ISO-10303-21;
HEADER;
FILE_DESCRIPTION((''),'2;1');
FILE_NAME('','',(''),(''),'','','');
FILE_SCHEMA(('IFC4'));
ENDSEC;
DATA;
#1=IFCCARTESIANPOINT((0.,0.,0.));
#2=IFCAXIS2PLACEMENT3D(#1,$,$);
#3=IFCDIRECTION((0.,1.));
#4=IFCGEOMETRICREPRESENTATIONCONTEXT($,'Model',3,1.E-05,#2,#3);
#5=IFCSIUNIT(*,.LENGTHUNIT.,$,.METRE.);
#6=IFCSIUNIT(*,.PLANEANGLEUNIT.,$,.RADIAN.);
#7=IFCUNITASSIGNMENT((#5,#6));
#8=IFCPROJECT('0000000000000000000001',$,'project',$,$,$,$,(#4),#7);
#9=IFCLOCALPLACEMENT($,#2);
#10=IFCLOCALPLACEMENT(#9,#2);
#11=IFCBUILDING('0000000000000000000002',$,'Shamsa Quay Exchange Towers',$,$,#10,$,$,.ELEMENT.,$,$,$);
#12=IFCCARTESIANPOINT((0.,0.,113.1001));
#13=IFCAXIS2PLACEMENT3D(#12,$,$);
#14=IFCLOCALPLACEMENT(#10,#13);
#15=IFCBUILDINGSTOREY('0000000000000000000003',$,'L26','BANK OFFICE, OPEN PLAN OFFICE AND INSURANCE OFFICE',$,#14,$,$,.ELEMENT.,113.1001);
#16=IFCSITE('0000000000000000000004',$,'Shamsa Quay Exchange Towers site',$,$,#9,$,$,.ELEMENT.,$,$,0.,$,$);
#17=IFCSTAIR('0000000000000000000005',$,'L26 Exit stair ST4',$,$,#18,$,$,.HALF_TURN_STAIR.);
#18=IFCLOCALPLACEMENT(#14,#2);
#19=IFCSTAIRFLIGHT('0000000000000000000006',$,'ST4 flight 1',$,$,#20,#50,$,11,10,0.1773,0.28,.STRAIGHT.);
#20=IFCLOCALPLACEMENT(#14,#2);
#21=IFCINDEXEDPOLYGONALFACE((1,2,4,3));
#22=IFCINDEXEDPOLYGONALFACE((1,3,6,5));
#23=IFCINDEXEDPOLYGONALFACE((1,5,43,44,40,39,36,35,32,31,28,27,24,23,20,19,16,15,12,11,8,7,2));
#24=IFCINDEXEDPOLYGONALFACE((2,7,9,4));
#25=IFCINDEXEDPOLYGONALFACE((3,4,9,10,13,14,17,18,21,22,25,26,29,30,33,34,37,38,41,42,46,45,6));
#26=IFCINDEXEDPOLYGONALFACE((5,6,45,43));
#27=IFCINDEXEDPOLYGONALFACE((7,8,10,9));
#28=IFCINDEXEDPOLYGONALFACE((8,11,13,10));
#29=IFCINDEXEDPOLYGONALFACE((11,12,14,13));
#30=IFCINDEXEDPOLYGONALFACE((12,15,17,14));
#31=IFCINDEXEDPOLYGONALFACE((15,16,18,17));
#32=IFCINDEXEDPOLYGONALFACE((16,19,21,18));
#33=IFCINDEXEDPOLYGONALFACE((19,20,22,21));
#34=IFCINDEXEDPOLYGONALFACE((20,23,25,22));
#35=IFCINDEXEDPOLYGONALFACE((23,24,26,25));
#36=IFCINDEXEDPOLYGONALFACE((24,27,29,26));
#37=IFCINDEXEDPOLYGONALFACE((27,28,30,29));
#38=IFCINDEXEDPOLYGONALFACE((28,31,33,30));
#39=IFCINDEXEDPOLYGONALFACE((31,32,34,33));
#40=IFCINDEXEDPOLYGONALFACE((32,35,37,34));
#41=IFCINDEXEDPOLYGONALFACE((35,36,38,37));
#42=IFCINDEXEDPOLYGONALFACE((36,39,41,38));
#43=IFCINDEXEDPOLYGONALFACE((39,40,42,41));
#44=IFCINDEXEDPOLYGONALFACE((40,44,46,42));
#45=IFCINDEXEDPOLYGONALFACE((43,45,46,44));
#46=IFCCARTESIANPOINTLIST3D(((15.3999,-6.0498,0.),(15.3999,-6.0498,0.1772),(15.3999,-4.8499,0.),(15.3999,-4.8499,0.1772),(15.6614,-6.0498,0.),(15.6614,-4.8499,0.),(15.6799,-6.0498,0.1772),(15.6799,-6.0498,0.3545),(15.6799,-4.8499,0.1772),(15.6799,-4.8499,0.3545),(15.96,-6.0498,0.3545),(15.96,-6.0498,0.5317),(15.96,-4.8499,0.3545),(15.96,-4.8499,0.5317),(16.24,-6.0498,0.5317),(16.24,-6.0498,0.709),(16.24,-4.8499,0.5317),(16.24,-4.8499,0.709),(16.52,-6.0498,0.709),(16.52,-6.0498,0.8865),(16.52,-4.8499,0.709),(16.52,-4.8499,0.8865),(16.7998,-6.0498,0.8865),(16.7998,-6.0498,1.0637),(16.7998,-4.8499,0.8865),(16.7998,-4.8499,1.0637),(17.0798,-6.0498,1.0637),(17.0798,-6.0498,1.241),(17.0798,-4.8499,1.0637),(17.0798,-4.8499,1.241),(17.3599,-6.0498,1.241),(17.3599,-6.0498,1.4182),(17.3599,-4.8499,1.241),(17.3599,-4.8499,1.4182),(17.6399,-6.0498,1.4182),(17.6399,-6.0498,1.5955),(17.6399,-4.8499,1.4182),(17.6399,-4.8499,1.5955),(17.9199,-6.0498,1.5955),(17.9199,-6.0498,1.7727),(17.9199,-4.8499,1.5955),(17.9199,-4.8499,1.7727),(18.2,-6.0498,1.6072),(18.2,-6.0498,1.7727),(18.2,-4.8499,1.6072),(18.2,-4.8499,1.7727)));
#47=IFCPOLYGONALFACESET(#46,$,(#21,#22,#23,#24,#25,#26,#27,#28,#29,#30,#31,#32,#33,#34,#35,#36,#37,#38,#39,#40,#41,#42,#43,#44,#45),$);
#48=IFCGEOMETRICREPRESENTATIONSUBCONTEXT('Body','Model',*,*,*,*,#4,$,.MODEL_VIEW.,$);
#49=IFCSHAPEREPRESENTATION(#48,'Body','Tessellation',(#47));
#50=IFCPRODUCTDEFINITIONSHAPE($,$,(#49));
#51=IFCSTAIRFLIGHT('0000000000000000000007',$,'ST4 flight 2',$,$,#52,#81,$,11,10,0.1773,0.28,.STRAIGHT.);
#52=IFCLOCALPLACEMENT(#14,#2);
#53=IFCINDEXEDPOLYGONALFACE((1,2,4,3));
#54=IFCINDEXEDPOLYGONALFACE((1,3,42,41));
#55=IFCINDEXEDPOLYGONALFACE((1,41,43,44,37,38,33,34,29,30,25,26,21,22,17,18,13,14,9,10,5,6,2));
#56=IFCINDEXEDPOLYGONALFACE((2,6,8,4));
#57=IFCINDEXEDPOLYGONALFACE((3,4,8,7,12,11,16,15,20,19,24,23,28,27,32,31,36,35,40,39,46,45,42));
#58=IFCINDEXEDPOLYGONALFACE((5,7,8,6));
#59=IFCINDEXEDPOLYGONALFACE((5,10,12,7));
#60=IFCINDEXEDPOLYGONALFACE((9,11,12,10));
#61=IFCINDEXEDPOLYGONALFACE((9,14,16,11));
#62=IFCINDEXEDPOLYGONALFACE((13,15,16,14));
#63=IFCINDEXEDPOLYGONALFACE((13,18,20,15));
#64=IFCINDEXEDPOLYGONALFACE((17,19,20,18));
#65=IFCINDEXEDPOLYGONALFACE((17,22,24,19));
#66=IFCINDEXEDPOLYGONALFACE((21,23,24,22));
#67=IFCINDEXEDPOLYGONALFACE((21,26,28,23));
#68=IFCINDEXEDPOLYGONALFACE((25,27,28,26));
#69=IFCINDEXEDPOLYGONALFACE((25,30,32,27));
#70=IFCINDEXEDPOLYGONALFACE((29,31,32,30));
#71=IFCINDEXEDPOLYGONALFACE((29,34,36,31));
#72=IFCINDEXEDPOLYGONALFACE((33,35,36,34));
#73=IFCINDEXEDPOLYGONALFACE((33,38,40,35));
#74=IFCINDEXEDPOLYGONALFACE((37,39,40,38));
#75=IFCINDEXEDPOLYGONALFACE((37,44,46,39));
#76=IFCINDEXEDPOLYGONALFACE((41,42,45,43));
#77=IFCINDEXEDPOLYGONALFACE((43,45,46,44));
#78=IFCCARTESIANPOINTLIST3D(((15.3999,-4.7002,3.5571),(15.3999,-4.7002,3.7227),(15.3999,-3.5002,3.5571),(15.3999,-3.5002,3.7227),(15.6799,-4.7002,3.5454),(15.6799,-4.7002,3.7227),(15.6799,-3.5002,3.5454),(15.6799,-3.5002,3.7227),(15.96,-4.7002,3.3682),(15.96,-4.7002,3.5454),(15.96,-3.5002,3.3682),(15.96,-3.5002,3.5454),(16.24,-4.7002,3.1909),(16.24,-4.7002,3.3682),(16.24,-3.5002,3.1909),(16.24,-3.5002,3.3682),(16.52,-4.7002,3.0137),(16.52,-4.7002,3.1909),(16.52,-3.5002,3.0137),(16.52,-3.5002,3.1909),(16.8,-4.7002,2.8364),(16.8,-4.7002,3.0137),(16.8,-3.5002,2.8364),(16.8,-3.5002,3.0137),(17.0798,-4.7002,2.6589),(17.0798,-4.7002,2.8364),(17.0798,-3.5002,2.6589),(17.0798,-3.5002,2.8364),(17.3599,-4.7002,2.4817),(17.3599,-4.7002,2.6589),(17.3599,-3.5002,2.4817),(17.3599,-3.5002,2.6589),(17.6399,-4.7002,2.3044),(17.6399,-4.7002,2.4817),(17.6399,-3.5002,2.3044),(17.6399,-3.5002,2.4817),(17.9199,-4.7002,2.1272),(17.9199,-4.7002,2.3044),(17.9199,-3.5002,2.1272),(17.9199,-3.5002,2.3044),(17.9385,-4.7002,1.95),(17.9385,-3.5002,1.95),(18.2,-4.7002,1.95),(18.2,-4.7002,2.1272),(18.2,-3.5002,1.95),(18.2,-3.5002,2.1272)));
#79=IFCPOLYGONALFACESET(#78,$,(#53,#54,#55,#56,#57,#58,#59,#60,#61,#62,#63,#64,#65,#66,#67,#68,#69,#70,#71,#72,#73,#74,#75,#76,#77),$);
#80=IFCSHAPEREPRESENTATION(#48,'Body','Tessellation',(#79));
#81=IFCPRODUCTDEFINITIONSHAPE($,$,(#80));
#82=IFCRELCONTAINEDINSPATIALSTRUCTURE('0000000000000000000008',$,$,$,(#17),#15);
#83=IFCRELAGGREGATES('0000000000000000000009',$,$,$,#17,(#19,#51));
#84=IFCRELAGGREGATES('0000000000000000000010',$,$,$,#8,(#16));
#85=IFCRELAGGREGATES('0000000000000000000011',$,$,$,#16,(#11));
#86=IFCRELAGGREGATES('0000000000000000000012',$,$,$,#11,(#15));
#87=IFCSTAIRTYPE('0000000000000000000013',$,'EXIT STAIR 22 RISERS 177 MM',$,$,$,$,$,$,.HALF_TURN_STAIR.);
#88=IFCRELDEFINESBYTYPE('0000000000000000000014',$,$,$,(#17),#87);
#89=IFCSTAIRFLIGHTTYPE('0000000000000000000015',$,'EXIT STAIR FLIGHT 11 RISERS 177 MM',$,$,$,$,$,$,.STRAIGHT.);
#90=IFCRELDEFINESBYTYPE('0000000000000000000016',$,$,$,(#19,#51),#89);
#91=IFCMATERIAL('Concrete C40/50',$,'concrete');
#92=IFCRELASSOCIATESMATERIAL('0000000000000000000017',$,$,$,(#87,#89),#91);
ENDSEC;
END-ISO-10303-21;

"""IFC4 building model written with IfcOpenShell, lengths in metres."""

from ifc_helpers import new_model, si_unit, direction, frame, origin, place, context, subcontext, project, spatial, polyline, outline, extrude, material, type_object, element, aggregate, save


model = new_model("IFC4")

# Units and contexts
model_context = context("Model", 3, precision=1e-05, world=origin(), true_north=direction((0.0, 1.0)))
body_context = subcontext(model_context, "Body", "Model", "MODEL_VIEW")
ifc_project = project(units=[si_unit("LENGTHUNIT", "METRE"), si_unit("PLANEANGLEUNIT", "RADIAN")], contexts=[model_context])

# Site, building, storey
site_placement = place(None, origin())
site = spatial("IfcSite", under=ifc_project, at=site_placement, Name="Shamsa Quay Exchange Towers site", CompositionType="ELEMENT", RefElevation=0.0)
building_placement = place(site_placement, origin())
building = spatial("IfcBuilding", under=site, at=building_placement, Name="Shamsa Quay Exchange Towers", CompositionType="ELEMENT")
storey_placement = place(building_placement, frame((0.0, 0.0, 113.1001)))
storey = spatial("IfcBuildingStorey", under=building, at=storey_placement, Name="L26", Description="BANK OFFICE, OPEN PLAN OFFICE AND INSURANCE OFFICE", CompositionType="ELEMENT", Elevation=113.1001)

# Stair, stair flights
ifc_material_1 = material(Name="Concrete C40/50", Category="concrete")
stair_type = type_object("IfcStairType", Name="EXIT STAIR 22 RISERS 177 MM", PredefinedType="HALF_TURN_STAIR", material=ifc_material_1)
stair_placement = place(storey_placement, origin())
stair = element("IfcStair", 1, at=stair_placement, inside=storey, type_object=stair_type, Name="L26 Exit stair ST4", PredefinedType="HALF_TURN_STAIR")
stair_flight_type = type_object("IfcStairFlightType", Name="EXIT STAIR FLIGHT 11 RISERS 177 MM", PredefinedType="STRAIGHT", material=ifc_material_1)
stair_flight_1_placement = place(storey_placement, frame((15.3999, -5.45, 0.0)))
stair_flight_1 = element("IfcStairFlight", 2, at=stair_flight_1_placement, type_object=stair_flight_type, Name="ST4 flight 1", NumberOfRisers=11, NumberOfTreads=10, PredefinedType="STRAIGHT", RiserHeight=0.1773, TreadLength=0.28, context=body_context, shape_type="SweptSolid", body=[
    extrude(outline(polyline([(0.0, 0.0), (0.0, 0.1772), (0.28, 0.1772), (0.28, 0.3545), (0.5601, 0.3545), (0.5601, 0.5317), (0.8401, 0.5317), (0.8401, 0.709), (1.1201, 0.709), (1.1201, 0.8865), (1.3999, 0.8865), (1.3999, 1.0637), (1.6799, 1.0637), (1.6799, 1.241), (1.96, 1.241), (1.96, 1.4182), (2.24, 1.4182), (2.24, 1.5955), (2.52, 1.5955), (2.52, 1.7727), (2.8, 1.7727), (2.8, 1.95), (2.8, 1.6072), (0.2615, 0.0), (0.0, 0.0)])), frame((0.0, 0.6001, 0.0), z_axis=(0.0, -1.0, 0.0), x_axis=(1.0, 0.0, 0.0)), (0.0, 0.0, 1.0), 1.2),
])
stair_flight_2_placement = place(storey_placement, frame((18.2, -4.1001, 1.95), z_axis=(0.0, 0.0, 1.0), x_axis=(-1.0, 0.0, 0.0)))
stair_flight_2 = element("IfcStairFlight", 3, at=stair_flight_2_placement, type_object=stair_flight_type, Name="ST4 flight 2", NumberOfRisers=11, NumberOfTreads=10, PredefinedType="STRAIGHT", RiserHeight=0.1773, TreadLength=0.28, context=body_context, shape_type="SweptSolid", body=[
    extrude(outline(polyline([(0.0, 0.0), (0.0, 0.1772), (0.28, 0.1772), (0.28, 0.3545), (0.5601, 0.3545), (0.5601, 0.5317), (0.8401, 0.5317), (0.8401, 0.709), (1.1201, 0.709), (1.1201, 0.8865), (1.3999, 0.8865), (1.3999, 1.0637), (1.6799, 1.0637), (1.6799, 1.241), (1.96, 1.241), (1.96, 1.4182), (2.24, 1.4182), (2.24, 1.5955), (2.52, 1.5955), (2.52, 1.7727), (2.8, 1.7727), (2.8, 1.95), (2.8, 1.6072), (0.2615, 0.0), (0.0, 0.0)])), frame((0.0, 0.6001, 0.0), z_axis=(0.0, -1.0, 0.0), x_axis=(1.0, 0.0, 0.0)), (0.0, 0.0, 1.0), 1.2),
])
aggregate(stair, [stair_flight_1, stair_flight_2])

save(model, "model.ifc")
